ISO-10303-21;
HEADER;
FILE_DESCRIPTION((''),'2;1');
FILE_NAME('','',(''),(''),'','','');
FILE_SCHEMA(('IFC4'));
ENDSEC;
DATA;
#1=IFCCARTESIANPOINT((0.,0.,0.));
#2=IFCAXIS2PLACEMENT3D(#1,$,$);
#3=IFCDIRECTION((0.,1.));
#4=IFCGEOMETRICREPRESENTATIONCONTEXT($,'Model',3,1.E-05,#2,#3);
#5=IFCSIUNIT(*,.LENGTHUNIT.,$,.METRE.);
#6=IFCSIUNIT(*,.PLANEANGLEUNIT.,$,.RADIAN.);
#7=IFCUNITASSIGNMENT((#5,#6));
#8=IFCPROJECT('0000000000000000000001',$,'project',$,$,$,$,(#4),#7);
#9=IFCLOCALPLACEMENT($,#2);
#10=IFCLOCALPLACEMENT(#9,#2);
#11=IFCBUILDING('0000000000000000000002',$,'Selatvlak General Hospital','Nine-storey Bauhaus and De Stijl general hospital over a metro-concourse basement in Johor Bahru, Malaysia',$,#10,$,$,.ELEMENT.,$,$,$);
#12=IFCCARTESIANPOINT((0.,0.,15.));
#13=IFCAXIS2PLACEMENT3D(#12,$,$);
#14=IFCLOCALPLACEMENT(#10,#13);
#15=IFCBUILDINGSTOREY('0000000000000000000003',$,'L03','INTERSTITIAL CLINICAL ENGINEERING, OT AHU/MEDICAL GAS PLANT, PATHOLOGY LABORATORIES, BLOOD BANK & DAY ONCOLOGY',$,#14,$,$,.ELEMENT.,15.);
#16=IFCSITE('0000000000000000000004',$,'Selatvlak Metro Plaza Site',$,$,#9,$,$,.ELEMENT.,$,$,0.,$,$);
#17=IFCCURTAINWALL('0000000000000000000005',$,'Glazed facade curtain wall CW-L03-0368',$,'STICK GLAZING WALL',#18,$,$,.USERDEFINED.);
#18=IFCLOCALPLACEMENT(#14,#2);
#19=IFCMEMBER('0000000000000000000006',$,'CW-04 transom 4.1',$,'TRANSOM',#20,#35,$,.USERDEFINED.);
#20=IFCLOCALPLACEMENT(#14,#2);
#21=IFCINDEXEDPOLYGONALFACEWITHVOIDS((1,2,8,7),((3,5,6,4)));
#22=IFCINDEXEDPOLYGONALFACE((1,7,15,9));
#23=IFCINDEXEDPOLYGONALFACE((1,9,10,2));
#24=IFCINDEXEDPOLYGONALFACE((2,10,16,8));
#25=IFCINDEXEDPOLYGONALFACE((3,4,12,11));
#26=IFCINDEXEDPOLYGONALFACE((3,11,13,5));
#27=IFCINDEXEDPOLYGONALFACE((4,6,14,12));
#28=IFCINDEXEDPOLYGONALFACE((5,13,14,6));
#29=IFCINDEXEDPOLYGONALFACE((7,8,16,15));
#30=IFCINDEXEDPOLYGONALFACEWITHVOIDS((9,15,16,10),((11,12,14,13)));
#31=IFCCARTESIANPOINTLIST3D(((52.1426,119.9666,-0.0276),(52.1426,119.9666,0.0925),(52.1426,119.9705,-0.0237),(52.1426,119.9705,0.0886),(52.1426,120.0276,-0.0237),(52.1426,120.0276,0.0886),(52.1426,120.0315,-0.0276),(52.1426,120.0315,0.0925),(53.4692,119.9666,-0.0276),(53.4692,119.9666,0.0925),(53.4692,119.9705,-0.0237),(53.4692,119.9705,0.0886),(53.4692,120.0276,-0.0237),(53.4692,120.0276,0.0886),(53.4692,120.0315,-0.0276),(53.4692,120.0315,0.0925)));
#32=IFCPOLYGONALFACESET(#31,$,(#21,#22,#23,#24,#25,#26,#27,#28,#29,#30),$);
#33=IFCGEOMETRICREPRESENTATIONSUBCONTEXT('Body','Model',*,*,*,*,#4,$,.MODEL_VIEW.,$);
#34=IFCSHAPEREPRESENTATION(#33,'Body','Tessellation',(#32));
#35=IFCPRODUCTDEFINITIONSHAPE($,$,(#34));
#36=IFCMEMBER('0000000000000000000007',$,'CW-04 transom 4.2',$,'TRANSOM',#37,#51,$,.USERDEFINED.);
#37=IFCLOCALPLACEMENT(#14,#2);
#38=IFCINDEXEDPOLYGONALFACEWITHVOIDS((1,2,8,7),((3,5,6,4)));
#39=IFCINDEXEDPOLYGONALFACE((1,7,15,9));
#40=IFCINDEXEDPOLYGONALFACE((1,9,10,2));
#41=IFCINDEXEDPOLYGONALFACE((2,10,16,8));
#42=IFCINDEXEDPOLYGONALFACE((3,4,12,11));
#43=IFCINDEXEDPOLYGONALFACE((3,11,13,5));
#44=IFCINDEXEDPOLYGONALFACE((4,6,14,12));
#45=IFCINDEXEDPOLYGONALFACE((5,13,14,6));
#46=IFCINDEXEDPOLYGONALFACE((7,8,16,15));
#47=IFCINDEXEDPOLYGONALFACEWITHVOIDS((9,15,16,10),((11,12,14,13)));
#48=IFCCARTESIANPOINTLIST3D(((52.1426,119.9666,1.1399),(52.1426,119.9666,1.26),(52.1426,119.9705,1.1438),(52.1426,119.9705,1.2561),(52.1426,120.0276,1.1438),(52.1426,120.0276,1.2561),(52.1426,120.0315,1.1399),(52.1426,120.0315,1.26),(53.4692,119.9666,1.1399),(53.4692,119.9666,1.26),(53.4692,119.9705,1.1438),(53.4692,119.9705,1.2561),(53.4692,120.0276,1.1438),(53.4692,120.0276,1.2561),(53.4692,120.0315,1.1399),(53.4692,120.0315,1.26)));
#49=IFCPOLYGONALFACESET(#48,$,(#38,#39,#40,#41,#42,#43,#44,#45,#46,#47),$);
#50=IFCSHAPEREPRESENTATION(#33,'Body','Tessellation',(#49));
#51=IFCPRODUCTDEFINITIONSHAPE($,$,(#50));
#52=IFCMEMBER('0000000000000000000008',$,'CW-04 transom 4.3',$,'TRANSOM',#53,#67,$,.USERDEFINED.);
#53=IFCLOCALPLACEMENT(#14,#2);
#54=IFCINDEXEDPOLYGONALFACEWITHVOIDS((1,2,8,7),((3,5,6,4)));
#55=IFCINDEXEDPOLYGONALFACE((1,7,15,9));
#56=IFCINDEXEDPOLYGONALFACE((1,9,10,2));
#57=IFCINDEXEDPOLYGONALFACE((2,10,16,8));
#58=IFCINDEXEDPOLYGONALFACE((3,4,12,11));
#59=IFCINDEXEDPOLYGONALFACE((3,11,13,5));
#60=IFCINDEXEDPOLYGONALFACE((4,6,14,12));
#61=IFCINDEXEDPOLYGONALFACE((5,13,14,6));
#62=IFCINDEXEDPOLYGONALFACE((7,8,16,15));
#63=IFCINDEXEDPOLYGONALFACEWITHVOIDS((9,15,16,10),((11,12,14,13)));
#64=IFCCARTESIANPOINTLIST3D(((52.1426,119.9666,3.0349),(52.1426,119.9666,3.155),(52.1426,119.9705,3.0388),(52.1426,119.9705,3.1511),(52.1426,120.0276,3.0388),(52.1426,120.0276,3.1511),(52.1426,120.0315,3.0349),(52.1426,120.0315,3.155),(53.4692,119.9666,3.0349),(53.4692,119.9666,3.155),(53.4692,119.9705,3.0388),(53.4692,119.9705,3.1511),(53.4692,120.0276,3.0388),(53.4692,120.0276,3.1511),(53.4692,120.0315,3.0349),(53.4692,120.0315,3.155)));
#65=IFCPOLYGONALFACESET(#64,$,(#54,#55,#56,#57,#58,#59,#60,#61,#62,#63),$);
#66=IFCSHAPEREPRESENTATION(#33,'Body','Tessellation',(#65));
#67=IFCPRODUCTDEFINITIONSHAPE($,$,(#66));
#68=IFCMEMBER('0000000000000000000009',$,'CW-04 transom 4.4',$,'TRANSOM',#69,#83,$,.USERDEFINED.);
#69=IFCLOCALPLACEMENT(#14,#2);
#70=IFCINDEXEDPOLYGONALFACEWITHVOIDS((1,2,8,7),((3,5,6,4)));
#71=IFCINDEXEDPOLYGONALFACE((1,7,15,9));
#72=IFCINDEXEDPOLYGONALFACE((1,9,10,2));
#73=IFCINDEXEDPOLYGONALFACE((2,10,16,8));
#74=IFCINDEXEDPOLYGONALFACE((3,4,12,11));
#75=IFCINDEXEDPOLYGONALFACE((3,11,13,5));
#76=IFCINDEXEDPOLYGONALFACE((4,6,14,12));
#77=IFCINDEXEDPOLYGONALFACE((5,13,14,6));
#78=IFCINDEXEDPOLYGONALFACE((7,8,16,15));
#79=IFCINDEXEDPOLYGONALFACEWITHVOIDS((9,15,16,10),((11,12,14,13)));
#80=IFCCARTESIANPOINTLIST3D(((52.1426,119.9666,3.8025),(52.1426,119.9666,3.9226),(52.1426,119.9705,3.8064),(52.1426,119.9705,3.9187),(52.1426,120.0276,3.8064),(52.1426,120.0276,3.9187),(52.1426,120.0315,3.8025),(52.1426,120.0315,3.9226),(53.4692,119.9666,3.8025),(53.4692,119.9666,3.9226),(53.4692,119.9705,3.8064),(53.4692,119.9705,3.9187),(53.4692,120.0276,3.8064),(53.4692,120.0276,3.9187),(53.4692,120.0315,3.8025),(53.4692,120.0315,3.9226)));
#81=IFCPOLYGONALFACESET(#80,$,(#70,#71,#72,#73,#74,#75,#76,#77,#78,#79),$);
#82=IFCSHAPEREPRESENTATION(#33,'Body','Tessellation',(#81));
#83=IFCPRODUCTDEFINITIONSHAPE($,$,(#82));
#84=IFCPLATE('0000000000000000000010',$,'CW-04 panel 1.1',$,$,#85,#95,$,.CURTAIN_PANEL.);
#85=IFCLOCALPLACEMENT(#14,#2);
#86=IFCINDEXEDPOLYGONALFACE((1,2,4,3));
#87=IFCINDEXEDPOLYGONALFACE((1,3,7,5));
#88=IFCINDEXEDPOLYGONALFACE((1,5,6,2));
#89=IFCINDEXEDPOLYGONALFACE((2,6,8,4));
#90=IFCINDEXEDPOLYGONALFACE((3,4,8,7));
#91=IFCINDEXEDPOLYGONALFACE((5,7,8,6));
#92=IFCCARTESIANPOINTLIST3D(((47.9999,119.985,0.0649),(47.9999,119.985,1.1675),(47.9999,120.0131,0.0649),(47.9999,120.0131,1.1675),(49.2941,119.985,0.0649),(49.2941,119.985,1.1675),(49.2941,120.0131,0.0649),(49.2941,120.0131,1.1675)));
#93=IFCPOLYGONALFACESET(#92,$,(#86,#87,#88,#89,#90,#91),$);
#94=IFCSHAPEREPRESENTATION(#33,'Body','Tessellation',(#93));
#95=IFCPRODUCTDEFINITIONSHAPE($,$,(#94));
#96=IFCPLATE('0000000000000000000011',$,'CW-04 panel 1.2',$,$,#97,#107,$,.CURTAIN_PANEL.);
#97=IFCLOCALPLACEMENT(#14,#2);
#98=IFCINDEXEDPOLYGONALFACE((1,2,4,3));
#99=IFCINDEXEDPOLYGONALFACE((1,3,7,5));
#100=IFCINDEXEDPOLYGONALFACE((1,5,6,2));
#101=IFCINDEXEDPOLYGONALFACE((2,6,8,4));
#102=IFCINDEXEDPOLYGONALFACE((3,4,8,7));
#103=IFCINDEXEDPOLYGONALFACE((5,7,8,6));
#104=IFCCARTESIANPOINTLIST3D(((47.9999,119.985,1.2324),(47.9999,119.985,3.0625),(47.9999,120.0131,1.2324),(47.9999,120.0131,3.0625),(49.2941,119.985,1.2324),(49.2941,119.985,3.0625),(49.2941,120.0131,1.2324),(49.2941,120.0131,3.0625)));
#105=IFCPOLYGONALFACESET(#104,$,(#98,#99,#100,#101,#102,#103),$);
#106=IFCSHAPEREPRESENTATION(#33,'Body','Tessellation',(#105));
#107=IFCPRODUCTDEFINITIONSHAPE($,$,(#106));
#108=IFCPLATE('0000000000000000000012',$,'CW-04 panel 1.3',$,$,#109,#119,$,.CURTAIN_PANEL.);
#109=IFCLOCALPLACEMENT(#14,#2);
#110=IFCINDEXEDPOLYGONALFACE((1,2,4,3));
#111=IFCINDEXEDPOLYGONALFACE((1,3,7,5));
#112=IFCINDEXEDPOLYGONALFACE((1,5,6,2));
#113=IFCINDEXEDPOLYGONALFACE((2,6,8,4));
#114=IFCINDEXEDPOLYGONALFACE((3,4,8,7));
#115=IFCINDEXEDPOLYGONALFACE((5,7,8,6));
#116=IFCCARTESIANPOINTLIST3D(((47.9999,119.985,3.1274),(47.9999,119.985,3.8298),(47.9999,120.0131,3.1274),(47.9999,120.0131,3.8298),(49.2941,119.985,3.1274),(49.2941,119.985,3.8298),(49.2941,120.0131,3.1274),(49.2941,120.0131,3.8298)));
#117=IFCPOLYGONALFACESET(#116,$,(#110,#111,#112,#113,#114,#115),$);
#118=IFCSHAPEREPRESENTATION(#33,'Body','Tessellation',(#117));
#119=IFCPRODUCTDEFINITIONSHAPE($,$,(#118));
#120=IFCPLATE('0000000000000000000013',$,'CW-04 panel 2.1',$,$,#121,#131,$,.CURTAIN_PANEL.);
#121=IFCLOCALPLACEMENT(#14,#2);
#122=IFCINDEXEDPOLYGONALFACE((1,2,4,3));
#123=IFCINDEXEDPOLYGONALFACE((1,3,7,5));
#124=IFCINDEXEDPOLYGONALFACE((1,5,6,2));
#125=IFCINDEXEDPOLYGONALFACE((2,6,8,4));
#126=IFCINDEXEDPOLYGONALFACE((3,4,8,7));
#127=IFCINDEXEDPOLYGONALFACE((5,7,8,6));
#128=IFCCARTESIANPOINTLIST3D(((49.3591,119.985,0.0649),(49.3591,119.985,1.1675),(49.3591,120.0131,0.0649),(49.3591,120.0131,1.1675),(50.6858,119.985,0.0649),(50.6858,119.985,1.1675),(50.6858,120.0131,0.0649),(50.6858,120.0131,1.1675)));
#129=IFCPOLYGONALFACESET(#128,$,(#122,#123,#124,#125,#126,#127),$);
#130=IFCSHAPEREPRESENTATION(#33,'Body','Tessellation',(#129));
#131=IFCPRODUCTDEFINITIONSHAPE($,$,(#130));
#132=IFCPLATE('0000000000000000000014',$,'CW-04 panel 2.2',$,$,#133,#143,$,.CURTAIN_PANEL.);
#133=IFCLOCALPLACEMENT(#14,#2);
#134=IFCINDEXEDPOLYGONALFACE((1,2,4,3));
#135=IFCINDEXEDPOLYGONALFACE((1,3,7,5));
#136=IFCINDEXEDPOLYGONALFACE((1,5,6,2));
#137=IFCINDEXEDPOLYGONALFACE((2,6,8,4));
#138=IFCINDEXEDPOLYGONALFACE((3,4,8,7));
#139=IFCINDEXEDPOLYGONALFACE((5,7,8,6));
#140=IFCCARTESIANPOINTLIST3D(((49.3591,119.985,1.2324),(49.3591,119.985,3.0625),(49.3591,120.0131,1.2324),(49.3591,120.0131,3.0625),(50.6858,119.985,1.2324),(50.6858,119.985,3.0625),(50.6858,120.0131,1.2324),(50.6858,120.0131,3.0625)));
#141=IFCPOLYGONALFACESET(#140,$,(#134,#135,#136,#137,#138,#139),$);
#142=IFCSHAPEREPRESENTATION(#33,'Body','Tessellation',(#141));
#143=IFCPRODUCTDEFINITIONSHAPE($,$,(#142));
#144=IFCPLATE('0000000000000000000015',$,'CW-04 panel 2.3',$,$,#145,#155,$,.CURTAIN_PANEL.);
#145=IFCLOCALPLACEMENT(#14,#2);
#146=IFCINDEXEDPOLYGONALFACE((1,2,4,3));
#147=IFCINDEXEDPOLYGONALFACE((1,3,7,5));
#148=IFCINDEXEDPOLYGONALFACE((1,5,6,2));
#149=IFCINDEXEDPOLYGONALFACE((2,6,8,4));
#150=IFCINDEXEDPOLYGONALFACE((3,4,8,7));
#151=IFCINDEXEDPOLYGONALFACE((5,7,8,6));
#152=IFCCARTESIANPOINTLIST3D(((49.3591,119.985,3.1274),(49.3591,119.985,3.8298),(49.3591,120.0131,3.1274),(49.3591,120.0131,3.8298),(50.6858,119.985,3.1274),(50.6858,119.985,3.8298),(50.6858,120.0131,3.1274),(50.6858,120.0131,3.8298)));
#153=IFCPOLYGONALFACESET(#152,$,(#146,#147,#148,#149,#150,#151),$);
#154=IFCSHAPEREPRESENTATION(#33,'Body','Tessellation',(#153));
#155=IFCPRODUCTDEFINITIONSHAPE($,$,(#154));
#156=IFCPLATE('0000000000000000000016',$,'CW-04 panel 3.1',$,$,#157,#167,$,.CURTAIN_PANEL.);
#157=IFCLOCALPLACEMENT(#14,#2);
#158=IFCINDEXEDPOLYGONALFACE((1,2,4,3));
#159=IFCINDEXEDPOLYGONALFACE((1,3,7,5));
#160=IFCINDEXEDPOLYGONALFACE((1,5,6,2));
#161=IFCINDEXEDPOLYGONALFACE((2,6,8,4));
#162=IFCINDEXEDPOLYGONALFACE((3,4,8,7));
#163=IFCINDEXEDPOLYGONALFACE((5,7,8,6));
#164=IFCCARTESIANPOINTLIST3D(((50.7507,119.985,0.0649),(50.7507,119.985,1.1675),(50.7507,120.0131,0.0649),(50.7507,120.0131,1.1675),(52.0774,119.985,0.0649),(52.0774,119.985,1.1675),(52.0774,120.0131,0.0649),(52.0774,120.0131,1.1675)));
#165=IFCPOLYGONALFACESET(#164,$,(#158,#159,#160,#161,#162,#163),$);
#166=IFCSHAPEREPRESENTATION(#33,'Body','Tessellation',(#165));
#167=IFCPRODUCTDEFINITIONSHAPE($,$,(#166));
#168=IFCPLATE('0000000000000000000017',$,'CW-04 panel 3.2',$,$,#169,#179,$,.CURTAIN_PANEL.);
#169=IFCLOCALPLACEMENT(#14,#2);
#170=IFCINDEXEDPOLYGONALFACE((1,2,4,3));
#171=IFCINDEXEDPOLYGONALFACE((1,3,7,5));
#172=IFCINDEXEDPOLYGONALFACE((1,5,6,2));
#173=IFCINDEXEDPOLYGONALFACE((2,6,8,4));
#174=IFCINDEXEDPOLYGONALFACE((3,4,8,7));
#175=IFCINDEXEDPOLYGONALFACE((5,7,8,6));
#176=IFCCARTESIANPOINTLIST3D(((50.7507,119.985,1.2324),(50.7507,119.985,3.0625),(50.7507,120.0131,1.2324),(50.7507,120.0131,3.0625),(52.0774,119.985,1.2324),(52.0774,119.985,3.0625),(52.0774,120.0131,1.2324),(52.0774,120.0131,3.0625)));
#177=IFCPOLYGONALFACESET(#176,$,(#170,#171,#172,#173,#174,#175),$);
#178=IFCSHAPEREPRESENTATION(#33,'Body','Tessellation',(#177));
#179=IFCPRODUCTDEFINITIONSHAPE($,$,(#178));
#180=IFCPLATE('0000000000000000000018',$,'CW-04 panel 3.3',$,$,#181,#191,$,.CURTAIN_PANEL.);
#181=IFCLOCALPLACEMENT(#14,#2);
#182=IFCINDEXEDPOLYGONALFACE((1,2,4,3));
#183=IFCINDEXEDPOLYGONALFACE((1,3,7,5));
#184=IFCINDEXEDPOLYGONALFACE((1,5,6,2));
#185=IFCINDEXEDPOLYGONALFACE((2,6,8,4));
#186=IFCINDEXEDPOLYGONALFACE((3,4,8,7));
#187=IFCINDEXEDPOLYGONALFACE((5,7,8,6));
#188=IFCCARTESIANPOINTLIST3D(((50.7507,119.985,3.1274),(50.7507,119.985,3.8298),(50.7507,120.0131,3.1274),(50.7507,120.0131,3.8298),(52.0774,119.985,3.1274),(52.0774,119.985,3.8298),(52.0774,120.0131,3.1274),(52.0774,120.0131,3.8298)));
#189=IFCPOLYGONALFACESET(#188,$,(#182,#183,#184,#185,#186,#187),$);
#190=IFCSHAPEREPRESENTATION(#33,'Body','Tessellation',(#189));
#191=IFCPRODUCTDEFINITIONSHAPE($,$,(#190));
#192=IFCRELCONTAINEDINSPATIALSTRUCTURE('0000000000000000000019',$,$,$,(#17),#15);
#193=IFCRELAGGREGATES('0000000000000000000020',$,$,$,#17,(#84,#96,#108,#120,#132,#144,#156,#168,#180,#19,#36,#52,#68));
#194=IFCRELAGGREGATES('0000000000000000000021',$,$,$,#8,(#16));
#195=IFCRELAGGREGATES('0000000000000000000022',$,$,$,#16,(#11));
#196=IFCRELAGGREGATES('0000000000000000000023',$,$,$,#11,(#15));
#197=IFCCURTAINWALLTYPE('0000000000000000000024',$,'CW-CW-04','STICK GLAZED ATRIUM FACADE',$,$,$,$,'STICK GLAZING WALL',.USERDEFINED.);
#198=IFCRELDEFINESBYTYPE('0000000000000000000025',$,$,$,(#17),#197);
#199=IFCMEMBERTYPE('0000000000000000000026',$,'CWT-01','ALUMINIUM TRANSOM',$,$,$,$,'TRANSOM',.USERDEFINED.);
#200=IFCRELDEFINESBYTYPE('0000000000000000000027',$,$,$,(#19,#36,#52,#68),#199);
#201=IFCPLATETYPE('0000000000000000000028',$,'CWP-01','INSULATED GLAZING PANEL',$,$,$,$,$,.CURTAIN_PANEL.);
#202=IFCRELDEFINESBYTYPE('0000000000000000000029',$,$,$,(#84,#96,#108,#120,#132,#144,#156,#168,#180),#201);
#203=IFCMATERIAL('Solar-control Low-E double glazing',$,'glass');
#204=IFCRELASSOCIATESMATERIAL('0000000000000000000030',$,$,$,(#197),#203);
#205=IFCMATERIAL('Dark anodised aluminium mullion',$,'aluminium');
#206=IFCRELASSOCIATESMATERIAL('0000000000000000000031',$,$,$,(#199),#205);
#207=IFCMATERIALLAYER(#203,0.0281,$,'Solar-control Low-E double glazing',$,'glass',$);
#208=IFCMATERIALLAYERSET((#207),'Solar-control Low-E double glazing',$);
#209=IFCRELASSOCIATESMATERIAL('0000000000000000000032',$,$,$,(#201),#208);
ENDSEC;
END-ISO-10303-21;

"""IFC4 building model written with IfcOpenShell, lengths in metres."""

from ifc_helpers import new_model, si_unit, direction, frame, origin, origin_2d, place, context, subcontext, project, spatial, rectangle, hollow_rectangle, extrude, material, layer, layer_set, material_profile, profile_set, type_object, element, aggregate, save


model = new_model("IFC4")

# Units and contexts
model_context = context("Model", 3, precision=1e-05, world=origin(), true_north=direction((0.0, 1.0)))
body_context = subcontext(model_context, "Body", "Model", "MODEL_VIEW")
ifc_project = project(units=[si_unit("LENGTHUNIT", "METRE"), si_unit("PLANEANGLEUNIT", "RADIAN")], contexts=[model_context])

# Site, building, storey
site_placement = place(None, origin())
site = spatial("IfcSite", under=ifc_project, at=site_placement, Name="Selatvlak Metro Plaza Site", CompositionType="ELEMENT", RefElevation=0.0)
building_placement = place(site_placement, origin())
building = spatial("IfcBuilding", under=site, at=building_placement, Name="Selatvlak General Hospital", Description="Nine-storey Bauhaus and De Stijl general hospital over a metro-concourse basement in Johor Bahru, Malaysia", CompositionType="ELEMENT")
storey_placement = place(building_placement, frame((0.0, 0.0, 15.0)))
storey = spatial("IfcBuildingStorey", under=building, at=storey_placement, Name="L03", Description="INTERSTITIAL CLINICAL ENGINEERING, OT AHU/MEDICAL GAS PLANT, PATHOLOGY LABORATORIES, BLOOD BANK & DAY ONCOLOGY", CompositionType="ELEMENT", Elevation=15.0)

# Curtain wall, members, plates
ifc_material_1 = material(Name="Solar-control Low-E double glazing", Category="glass")
curtain_wall_type = type_object("IfcCurtainWallType", Name="CW-CW-04", Description="STICK GLAZED ATRIUM FACADE", ElementType="STICK GLAZING WALL", PredefinedType="USERDEFINED", material=ifc_material_1)
curtain_wall_placement = place(storey_placement, origin())
curtain_wall = element("IfcCurtainWall", 1, at=curtain_wall_placement, inside=storey, type_object=curtain_wall_type, Name="Glazed facade curtain wall CW-L03-0368", ObjectType="STICK GLAZING WALL", PredefinedType="USERDEFINED")
ifc_material_2 = material(Name="Dark anodised aluminium mullion", Category="aluminium")
ifc_material_profile_1 = material_profile(ifc_material_2, hollow_rectangle(XDim=0.0649, YDim=0.1201, WallThickness=0.0039, at=origin_2d()), Name="AL-TRN 65x120x4")
ifc_profile_set_1 = profile_set([ifc_material_profile_1], Name="Dark anodised aluminium mullion")
member_type_1 = type_object("IfcMemberType", Name="CWT-01", Description="ALUMINIUM TRANSOM", ElementType="TRANSOM", PredefinedType="USERDEFINED", material=ifc_profile_set_1)
member_1_placement = place(storey_placement, frame((52.1426, 119.999, 0.0325), z_axis=(1.0, 0.0, 0.0), x_axis=(0.0, 1.0, 0.0)))
member_1 = element("IfcMember", 2, at=member_1_placement, type_object=member_type_1, Name="CW-04 transom 4.1", ObjectType="TRANSOM", PredefinedType="USERDEFINED", context=body_context, shape_type="SweptSolid", body=[
    extrude(hollow_rectangle(XDim=0.0649, YDim=0.1201, WallThickness=0.0039, at=origin_2d()), origin(), (0.0, 0.0, 1.0), 1.3267),
])
member_2_placement = place(storey_placement, frame((52.1426, 119.999, 1.2), z_axis=(1.0, 0.0, 0.0), x_axis=(0.0, 1.0, 0.0)))
member_2 = element("IfcMember", 3, at=member_2_placement, type_object=member_type_1, Name="CW-04 transom 4.2", ObjectType="TRANSOM", PredefinedType="USERDEFINED", context=body_context, shape_type="SweptSolid", body=[
    extrude(hollow_rectangle(XDim=0.0649, YDim=0.1201, WallThickness=0.0039, at=origin_2d()), origin(), (0.0, 0.0, 1.0), 1.3267),
])
member_3_placement = place(storey_placement, frame((52.1426, 119.999, 3.095), z_axis=(1.0, 0.0, 0.0), x_axis=(0.0, 1.0, 0.0)))
member_3 = element("IfcMember", 4, at=member_3_placement, type_object=member_type_1, Name="CW-04 transom 4.3", ObjectType="TRANSOM", PredefinedType="USERDEFINED", context=body_context, shape_type="SweptSolid", body=[
    extrude(hollow_rectangle(XDim=0.0649, YDim=0.1201, WallThickness=0.0039, at=origin_2d()), origin(), (0.0, 0.0, 1.0), 1.3267),
])
member_4_placement = place(storey_placement, frame((52.1426, 119.999, 3.8625), z_axis=(1.0, 0.0, 0.0), x_axis=(0.0, 1.0, 0.0)))
member_4 = element("IfcMember", 5, at=member_4_placement, type_object=member_type_1, Name="CW-04 transom 4.4", ObjectType="TRANSOM", PredefinedType="USERDEFINED", context=body_context, shape_type="SweptSolid", body=[
    extrude(hollow_rectangle(XDim=0.0649, YDim=0.1201, WallThickness=0.0039, at=origin_2d()), origin(), (0.0, 0.0, 1.0), 1.3267),
])
ifc_layer_1 = layer(ifc_material_1, 0.0281, Name="Solar-control Low-E double glazing", Category="glass")
ifc_layer_set_1 = layer_set([ifc_layer_1], Name="Solar-control Low-E double glazing")
plate_type = type_object("IfcPlateType", Name="CWP-01", Description="INSULATED GLAZING PANEL", PredefinedType="CURTAIN_PANEL", material=ifc_layer_set_1)
plate_1_placement = place(storey_placement, frame((48.647, 119.999, 0.0649), z_axis=(0.0, 0.0, 1.0), x_axis=(1.0, 0.0, 0.0)))
plate_1 = element("IfcPlate", 6, at=plate_1_placement, type_object=plate_type, Name="CW-04 panel 1.1", PredefinedType="CURTAIN_PANEL", context=body_context, shape_type="SweptSolid", body=[
    extrude(rectangle(XDim=1.2942, YDim=0.0281, at=origin_2d()), origin(), (0.0, 0.0, 1.0), 1.1025),
])
plate_2_placement = place(storey_placement, frame((48.647, 119.999, 1.2324), z_axis=(0.0, 0.0, 1.0), x_axis=(1.0, 0.0, 0.0)))
plate_2 = element("IfcPlate", 7, at=plate_2_placement, type_object=plate_type, Name="CW-04 panel 1.2", PredefinedType="CURTAIN_PANEL", context=body_context, shape_type="SweptSolid", body=[
    extrude(rectangle(XDim=1.2942, YDim=0.0281, at=origin_2d()), origin(), (0.0, 0.0, 1.0), 1.8301),
])
plate_3_placement = place(storey_placement, frame((48.647, 119.999, 3.1274), z_axis=(0.0, 0.0, 1.0), x_axis=(1.0, 0.0, 0.0)))
plate_3 = element("IfcPlate", 8, at=plate_3_placement, type_object=plate_type, Name="CW-04 panel 1.3", PredefinedType="CURTAIN_PANEL", context=body_context, shape_type="SweptSolid", body=[
    extrude(rectangle(XDim=1.2942, YDim=0.0281, at=origin_2d()), origin(), (0.0, 0.0, 1.0), 0.7024),
])
plate_4_placement = place(storey_placement, frame((50.0225, 119.999, 0.0649), z_axis=(0.0, 0.0, 1.0), x_axis=(1.0, 0.0, 0.0)))
plate_4 = element("IfcPlate", 9, at=plate_4_placement, type_object=plate_type, Name="CW-04 panel 2.1", PredefinedType="CURTAIN_PANEL", context=body_context, shape_type="SweptSolid", body=[
    extrude(rectangle(XDim=1.3267, YDim=0.0281, at=origin_2d()), origin(), (0.0, 0.0, 1.0), 1.1025),
])
plate_5_placement = place(storey_placement, frame((50.0225, 119.999, 1.2324), z_axis=(0.0, 0.0, 1.0), x_axis=(1.0, 0.0, 0.0)))
plate_5 = element("IfcPlate", 10, at=plate_5_placement, type_object=plate_type, Name="CW-04 panel 2.2", PredefinedType="CURTAIN_PANEL", context=body_context, shape_type="SweptSolid", body=[
    extrude(rectangle(XDim=1.3267, YDim=0.0281, at=origin_2d()), origin(), (0.0, 0.0, 1.0), 1.8301),
])
plate_6_placement = place(storey_placement, frame((50.0225, 119.999, 3.1274), z_axis=(0.0, 0.0, 1.0), x_axis=(1.0, 0.0, 0.0)))
plate_6 = element("IfcPlate", 11, at=plate_6_placement, type_object=plate_type, Name="CW-04 panel 2.3", PredefinedType="CURTAIN_PANEL", context=body_context, shape_type="SweptSolid", body=[
    extrude(rectangle(XDim=1.3267, YDim=0.0281, at=origin_2d()), origin(), (0.0, 0.0, 1.0), 0.7024),
])
plate_7_placement = place(storey_placement, frame((51.4141, 119.999, 0.0649), z_axis=(0.0, 0.0, 1.0), x_axis=(1.0, 0.0, 0.0)))
plate_7 = element("IfcPlate", 12, at=plate_7_placement, type_object=plate_type, Name="CW-04 panel 3.1", PredefinedType="CURTAIN_PANEL", context=body_context, shape_type="SweptSolid", body=[
    extrude(rectangle(XDim=1.3267, YDim=0.0281, at=origin_2d()), origin(), (0.0, 0.0, 1.0), 1.1025),
])
plate_8_placement = place(storey_placement, frame((51.4141, 119.999, 1.2324), z_axis=(0.0, 0.0, 1.0), x_axis=(1.0, 0.0, 0.0)))
plate_8 = element("IfcPlate", 13, at=plate_8_placement, type_object=plate_type, Name="CW-04 panel 3.2", PredefinedType="CURTAIN_PANEL", context=body_context, shape_type="SweptSolid", body=[
    extrude(rectangle(XDim=1.3267, YDim=0.0281, at=origin_2d()), origin(), (0.0, 0.0, 1.0), 1.8301),
])
plate_9_placement = place(storey_placement, frame((51.4141, 119.999, 3.1274), z_axis=(0.0, 0.0, 1.0), x_axis=(1.0, 0.0, 0.0)))
plate_9 = element("IfcPlate", 14, at=plate_9_placement, type_object=plate_type, Name="CW-04 panel 3.3", PredefinedType="CURTAIN_PANEL", context=body_context, shape_type="SweptSolid", body=[
    extrude(rectangle(XDim=1.3267, YDim=0.0281, at=origin_2d()), origin(), (0.0, 0.0, 1.0), 0.7024),
])
aggregate(curtain_wall, [plate_1, plate_2, plate_3, plate_4, plate_5, plate_6, plate_7, plate_8, plate_9, member_1, member_2, member_3, member_4])

save(model, "model.ifc")
